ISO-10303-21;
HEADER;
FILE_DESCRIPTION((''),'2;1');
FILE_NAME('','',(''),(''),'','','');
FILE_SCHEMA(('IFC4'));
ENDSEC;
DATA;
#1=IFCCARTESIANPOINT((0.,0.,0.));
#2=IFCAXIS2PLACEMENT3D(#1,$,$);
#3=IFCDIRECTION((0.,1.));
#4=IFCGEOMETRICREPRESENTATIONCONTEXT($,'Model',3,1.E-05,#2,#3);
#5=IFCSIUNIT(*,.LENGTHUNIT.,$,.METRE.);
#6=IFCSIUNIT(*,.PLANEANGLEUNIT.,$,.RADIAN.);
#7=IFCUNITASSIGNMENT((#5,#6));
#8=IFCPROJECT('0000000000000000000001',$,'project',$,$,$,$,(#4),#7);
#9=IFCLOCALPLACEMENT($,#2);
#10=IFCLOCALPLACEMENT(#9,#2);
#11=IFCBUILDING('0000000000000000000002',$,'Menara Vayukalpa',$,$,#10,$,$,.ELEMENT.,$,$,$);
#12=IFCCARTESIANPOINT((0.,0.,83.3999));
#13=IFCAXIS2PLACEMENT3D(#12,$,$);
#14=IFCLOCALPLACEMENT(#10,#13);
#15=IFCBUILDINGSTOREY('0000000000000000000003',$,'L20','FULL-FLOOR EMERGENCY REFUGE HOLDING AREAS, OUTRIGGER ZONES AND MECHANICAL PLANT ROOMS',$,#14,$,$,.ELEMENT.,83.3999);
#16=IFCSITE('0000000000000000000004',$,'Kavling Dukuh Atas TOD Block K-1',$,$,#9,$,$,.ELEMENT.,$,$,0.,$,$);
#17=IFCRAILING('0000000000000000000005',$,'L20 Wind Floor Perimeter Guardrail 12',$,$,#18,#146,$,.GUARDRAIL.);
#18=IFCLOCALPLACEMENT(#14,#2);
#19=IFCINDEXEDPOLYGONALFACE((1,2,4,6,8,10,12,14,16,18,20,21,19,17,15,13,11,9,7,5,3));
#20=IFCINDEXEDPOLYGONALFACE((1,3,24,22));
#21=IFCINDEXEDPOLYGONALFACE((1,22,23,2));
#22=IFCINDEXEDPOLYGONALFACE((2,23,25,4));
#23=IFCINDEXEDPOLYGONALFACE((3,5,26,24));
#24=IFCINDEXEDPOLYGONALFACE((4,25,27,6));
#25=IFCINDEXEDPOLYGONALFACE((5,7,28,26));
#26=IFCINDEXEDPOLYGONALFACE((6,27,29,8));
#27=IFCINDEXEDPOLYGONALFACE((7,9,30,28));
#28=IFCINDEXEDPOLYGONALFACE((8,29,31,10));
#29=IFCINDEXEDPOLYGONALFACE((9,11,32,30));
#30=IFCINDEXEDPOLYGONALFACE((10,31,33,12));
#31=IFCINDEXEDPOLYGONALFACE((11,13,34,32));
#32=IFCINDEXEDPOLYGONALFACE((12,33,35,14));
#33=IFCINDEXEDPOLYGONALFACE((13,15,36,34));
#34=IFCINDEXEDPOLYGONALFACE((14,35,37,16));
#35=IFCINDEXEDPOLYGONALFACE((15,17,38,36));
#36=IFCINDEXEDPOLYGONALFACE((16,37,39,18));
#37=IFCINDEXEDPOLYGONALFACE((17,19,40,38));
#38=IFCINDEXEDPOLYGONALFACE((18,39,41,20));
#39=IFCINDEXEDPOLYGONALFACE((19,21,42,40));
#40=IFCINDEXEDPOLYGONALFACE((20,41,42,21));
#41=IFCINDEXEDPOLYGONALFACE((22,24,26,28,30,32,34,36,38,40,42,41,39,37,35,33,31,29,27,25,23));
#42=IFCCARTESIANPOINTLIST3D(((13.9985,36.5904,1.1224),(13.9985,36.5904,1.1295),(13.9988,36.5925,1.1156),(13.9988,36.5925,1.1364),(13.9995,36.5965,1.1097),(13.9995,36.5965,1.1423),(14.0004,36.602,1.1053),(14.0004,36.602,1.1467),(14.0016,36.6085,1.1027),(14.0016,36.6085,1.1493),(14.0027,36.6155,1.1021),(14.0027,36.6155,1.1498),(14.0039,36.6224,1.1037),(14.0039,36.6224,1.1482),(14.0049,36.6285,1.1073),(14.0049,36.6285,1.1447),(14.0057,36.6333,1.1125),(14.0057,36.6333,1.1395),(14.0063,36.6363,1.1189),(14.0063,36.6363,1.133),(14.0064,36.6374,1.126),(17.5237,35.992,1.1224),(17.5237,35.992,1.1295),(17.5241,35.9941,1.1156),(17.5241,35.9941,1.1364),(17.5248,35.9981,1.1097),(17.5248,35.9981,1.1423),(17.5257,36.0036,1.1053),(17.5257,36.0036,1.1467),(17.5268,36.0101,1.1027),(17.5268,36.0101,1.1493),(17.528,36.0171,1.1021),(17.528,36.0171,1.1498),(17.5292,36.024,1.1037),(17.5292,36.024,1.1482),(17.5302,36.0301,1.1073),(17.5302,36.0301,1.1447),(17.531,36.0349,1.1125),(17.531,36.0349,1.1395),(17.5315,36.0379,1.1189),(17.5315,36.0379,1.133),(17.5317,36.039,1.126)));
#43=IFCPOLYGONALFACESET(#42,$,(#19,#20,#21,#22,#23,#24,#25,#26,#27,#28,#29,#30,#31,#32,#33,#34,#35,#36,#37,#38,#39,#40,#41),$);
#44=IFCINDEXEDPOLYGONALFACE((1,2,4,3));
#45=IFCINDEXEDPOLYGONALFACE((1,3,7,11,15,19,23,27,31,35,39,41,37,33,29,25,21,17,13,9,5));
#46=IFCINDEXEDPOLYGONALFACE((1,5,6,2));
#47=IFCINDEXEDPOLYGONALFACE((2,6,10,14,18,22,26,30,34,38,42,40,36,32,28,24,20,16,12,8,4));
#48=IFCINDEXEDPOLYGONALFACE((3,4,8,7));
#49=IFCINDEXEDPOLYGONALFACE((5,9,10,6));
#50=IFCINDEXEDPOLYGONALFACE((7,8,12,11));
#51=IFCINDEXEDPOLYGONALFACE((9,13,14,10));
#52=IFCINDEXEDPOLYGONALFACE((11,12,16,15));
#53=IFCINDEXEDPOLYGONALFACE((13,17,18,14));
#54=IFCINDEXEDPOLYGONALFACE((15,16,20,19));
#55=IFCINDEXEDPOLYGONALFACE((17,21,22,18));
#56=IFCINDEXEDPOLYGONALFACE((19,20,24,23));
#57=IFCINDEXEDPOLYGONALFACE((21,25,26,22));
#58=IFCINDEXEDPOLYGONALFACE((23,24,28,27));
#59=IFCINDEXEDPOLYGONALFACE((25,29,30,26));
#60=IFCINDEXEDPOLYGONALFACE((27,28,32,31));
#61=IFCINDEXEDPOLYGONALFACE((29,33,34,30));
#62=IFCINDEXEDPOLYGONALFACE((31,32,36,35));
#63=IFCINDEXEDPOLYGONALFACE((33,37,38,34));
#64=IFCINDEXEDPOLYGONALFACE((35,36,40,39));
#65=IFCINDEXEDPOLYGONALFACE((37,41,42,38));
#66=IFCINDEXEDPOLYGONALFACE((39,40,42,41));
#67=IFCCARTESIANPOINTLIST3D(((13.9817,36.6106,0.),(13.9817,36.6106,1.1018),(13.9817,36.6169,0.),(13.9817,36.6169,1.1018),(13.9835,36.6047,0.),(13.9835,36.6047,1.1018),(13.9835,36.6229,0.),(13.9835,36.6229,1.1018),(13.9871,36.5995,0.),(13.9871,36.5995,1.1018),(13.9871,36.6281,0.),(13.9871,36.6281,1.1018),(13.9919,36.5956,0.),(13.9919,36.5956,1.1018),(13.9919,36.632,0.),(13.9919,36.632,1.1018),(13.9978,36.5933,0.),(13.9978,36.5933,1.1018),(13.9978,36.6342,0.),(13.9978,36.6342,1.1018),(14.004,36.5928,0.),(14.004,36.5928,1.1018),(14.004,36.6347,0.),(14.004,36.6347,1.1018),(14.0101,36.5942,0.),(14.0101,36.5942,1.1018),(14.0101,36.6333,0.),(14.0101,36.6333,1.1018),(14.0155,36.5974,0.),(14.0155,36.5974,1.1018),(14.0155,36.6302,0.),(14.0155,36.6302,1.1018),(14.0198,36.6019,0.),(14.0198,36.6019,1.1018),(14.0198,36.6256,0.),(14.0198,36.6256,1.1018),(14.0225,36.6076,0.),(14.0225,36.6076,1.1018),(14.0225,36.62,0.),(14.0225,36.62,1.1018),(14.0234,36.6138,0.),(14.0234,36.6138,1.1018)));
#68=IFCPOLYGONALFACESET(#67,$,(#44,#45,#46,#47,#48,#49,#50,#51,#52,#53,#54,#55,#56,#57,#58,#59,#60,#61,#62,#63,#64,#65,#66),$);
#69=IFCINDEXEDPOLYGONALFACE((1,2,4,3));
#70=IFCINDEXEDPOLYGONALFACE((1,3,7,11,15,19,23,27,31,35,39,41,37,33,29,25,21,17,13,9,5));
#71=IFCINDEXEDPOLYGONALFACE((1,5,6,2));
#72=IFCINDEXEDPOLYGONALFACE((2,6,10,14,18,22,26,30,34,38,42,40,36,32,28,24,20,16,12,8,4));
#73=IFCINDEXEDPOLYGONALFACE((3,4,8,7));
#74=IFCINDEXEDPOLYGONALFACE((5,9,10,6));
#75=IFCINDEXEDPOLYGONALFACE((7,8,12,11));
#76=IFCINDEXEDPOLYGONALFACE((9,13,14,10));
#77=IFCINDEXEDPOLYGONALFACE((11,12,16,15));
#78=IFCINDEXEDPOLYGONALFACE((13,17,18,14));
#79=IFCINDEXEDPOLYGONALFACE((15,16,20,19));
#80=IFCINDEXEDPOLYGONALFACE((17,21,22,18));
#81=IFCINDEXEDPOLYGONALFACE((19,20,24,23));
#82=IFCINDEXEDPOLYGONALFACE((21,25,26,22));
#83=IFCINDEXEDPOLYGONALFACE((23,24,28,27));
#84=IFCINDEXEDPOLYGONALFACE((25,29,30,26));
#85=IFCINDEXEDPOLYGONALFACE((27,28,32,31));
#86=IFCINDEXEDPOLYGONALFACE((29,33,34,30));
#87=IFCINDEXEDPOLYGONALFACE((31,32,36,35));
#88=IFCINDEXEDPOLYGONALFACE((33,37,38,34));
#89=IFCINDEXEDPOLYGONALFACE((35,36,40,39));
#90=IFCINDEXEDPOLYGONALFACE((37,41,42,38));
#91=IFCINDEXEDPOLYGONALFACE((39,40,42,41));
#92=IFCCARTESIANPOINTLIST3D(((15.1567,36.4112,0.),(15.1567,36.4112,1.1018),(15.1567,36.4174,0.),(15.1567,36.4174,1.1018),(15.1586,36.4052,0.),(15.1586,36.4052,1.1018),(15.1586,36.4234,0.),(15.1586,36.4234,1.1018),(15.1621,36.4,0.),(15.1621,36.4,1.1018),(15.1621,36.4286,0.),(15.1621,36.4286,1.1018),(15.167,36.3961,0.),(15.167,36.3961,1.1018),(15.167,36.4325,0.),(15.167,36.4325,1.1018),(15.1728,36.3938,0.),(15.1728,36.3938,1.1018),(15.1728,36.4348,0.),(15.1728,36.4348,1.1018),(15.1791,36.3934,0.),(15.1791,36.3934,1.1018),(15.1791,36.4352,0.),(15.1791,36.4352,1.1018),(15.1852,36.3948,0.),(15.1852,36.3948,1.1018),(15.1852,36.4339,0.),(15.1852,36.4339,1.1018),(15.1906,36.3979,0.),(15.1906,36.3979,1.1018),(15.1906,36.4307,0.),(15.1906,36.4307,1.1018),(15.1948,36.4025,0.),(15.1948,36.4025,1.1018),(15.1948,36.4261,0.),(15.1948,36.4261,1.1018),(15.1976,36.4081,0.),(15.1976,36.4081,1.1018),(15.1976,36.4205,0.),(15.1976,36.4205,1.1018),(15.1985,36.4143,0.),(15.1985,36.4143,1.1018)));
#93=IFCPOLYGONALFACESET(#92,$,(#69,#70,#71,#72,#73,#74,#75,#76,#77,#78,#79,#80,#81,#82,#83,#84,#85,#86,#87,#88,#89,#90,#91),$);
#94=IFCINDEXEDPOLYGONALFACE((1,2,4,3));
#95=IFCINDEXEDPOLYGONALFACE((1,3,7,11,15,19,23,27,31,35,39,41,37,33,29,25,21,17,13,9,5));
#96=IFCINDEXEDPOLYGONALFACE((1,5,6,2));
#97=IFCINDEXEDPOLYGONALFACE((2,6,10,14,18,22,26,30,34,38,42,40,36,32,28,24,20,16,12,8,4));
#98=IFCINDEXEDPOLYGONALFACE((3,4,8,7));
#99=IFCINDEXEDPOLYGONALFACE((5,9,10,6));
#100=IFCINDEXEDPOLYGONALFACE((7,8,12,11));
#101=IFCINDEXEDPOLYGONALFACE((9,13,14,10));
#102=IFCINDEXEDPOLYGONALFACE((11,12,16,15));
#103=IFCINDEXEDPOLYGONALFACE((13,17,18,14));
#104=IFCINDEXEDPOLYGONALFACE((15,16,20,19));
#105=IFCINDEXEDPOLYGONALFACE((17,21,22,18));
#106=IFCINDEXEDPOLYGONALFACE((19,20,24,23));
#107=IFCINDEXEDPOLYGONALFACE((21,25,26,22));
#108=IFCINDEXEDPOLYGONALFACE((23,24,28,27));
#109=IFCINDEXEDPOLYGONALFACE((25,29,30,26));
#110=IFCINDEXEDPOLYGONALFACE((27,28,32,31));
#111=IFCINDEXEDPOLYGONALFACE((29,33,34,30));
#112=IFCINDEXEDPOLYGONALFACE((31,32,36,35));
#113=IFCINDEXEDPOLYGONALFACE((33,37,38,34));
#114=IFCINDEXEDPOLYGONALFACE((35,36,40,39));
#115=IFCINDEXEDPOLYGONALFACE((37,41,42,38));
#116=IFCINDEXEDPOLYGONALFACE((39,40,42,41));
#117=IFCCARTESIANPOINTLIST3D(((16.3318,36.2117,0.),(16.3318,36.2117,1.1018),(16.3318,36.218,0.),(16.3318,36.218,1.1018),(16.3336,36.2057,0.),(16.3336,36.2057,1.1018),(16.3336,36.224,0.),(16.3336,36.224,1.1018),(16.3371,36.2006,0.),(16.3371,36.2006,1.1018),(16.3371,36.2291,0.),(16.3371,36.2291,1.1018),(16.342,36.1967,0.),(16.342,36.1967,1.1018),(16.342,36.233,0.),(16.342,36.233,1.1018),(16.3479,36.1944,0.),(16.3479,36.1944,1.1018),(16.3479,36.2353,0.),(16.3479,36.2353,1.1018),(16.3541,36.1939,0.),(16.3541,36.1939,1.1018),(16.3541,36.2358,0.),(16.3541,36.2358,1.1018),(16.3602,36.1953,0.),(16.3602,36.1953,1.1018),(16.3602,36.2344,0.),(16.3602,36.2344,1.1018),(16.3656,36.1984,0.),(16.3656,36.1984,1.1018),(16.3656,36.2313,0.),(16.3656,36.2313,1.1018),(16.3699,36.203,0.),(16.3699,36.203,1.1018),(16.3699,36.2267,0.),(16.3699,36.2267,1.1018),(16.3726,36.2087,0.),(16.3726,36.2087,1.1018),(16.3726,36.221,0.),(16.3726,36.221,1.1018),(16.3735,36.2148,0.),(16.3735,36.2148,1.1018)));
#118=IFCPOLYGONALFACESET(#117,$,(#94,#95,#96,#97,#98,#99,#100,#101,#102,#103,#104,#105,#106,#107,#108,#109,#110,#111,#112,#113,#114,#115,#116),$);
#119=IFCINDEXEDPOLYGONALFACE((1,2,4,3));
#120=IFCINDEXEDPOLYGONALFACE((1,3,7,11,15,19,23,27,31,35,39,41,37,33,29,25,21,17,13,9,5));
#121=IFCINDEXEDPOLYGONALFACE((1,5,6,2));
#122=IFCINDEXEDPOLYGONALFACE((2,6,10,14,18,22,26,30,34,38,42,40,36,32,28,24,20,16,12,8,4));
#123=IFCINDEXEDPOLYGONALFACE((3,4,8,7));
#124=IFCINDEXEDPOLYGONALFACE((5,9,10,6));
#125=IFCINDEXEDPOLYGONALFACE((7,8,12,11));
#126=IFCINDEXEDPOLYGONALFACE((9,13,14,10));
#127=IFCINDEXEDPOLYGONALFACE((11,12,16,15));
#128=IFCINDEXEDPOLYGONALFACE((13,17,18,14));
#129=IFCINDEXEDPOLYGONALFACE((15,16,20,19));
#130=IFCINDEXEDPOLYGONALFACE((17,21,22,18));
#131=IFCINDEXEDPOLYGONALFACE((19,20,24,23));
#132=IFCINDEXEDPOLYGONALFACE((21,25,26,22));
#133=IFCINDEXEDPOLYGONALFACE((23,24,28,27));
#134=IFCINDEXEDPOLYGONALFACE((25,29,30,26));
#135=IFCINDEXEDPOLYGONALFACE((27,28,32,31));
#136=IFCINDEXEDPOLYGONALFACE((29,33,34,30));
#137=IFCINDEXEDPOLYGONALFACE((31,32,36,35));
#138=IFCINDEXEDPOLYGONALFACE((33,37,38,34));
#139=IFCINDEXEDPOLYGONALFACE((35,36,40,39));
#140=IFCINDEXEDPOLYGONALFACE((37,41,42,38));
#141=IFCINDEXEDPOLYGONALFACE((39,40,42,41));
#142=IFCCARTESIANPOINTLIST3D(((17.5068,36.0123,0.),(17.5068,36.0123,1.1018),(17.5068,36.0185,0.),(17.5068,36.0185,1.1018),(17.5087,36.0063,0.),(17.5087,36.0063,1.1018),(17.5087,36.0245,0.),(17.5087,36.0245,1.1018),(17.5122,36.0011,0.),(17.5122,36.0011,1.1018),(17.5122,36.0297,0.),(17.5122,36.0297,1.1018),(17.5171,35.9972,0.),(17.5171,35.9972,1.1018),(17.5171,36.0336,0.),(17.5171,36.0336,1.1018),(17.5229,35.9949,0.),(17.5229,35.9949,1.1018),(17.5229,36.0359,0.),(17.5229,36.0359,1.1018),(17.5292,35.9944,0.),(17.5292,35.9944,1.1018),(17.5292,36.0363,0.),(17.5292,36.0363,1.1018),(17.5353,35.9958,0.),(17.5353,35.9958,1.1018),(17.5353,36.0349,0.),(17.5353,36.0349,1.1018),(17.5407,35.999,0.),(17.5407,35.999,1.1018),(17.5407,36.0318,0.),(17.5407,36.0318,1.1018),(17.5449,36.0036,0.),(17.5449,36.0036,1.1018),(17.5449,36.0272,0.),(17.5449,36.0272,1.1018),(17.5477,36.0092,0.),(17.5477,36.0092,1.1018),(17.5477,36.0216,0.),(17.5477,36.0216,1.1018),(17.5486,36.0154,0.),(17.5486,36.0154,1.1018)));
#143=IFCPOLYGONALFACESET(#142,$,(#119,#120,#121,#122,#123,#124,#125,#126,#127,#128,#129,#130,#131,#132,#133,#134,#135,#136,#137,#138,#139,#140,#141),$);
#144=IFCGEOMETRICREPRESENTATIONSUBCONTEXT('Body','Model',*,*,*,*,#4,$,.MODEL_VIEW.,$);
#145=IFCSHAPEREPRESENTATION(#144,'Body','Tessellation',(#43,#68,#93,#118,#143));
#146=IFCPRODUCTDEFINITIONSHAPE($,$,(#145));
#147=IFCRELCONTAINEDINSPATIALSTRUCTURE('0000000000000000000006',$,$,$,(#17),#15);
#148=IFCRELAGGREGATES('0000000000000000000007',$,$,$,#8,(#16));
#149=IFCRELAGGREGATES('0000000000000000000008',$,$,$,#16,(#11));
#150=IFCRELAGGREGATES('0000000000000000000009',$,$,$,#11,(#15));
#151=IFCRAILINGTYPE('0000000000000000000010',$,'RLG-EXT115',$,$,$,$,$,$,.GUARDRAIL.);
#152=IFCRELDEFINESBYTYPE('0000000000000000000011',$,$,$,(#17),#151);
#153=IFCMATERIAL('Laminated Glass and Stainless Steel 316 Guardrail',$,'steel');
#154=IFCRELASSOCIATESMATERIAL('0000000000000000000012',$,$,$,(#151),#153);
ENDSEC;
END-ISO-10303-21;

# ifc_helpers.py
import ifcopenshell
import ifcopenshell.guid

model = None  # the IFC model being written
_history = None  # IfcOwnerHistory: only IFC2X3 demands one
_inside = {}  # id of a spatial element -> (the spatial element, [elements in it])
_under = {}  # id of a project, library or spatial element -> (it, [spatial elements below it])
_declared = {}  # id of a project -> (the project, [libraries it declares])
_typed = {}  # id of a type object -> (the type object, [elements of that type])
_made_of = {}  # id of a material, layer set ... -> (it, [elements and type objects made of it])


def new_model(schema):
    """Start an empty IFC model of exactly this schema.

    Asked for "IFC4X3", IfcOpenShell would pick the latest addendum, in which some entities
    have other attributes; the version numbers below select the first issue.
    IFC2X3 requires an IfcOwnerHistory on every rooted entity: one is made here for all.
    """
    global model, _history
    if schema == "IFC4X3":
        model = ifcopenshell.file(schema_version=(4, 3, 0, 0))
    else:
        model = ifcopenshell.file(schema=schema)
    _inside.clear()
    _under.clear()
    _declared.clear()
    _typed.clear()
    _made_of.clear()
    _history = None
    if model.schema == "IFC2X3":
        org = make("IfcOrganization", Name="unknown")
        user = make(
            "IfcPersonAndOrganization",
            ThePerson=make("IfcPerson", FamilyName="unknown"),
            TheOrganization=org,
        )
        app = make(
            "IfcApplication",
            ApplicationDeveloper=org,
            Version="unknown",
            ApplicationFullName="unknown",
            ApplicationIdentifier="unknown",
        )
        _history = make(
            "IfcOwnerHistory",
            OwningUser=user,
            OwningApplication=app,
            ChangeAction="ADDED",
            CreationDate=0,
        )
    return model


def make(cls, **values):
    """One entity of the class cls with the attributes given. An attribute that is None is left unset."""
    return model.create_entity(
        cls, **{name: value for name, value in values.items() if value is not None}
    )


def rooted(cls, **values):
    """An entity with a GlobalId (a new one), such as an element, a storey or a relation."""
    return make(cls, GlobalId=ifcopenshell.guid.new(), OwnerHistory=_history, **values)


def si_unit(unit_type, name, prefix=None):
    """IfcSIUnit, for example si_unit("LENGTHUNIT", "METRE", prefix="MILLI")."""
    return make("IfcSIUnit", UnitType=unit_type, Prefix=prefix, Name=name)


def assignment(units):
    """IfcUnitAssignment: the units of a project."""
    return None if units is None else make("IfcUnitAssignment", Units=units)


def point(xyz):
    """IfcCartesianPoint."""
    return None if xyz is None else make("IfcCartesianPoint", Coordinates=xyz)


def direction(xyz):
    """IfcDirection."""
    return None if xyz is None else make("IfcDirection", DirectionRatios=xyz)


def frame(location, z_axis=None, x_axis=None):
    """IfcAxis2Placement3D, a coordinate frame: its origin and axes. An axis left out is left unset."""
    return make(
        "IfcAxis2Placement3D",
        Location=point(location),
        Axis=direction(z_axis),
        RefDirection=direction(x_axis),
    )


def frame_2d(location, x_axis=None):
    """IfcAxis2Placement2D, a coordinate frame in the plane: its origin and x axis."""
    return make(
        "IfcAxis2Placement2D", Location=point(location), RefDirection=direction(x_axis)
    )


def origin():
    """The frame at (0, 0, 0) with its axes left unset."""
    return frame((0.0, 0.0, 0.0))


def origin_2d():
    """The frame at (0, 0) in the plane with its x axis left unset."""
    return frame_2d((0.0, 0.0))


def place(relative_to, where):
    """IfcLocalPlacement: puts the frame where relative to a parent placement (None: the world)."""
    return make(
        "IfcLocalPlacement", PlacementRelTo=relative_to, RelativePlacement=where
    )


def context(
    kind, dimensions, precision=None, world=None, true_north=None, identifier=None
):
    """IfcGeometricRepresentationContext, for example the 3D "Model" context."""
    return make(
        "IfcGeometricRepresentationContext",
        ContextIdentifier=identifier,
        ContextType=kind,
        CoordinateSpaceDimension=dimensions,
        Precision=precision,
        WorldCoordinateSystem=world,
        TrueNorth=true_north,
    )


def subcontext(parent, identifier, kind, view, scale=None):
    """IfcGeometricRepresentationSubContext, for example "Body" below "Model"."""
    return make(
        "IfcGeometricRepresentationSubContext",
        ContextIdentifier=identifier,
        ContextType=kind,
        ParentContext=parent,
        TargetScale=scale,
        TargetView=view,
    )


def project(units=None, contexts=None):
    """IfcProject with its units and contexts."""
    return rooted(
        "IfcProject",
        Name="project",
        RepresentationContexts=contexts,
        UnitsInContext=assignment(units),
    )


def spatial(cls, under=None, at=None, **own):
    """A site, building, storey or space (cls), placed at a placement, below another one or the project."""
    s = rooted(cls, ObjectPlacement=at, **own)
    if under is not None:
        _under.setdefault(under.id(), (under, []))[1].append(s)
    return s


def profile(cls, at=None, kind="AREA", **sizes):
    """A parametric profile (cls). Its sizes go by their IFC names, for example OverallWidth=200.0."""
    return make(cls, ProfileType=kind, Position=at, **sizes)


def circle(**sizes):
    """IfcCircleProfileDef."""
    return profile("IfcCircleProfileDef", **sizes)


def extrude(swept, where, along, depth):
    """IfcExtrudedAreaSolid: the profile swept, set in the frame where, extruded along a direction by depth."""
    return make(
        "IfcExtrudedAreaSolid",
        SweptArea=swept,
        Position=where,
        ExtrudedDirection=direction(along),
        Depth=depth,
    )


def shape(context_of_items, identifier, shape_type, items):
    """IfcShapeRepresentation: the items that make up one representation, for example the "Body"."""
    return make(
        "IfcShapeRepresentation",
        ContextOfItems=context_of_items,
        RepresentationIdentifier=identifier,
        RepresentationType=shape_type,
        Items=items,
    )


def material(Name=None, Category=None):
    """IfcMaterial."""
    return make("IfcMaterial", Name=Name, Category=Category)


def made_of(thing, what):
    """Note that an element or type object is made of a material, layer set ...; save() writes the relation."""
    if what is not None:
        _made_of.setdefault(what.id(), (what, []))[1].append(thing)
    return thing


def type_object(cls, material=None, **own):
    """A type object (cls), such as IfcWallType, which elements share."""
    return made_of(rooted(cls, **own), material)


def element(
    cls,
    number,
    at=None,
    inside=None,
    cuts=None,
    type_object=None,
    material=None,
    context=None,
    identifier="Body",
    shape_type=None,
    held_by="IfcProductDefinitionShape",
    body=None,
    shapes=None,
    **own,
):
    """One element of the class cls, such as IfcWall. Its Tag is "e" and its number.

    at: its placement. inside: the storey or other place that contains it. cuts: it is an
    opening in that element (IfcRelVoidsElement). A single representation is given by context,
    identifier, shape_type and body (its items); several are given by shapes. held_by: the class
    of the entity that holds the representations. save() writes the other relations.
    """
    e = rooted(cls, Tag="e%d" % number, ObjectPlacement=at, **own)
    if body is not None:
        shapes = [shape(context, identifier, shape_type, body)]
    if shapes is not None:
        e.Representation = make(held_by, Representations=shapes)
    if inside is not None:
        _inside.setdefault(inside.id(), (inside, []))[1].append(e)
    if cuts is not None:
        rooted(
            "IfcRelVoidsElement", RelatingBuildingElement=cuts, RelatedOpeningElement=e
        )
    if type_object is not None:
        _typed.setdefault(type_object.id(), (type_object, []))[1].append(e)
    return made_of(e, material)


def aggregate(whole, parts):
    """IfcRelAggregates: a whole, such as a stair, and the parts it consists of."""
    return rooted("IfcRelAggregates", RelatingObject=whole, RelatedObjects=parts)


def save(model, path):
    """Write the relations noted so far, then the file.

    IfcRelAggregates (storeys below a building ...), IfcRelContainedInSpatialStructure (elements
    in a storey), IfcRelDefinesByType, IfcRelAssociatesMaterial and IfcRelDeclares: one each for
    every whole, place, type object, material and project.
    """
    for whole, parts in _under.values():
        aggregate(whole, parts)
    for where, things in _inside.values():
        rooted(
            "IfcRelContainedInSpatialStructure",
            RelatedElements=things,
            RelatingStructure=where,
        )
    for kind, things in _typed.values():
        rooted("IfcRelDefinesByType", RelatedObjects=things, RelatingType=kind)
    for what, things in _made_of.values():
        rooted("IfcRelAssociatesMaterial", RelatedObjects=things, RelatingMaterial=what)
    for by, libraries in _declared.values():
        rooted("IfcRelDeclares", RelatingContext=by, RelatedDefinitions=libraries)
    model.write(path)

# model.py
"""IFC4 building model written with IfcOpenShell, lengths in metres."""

from ifc_helpers import new_model, si_unit, direction, frame, origin, origin_2d, place, context, subcontext, project, spatial, circle, extrude, material, type_object, element, save


model = new_model("IFC4")

# Units and contexts
model_context = context("Model", 3, precision=1e-05, world=origin(), true_north=direction((0.0, 1.0)))
body_context = subcontext(model_context, "Body", "Model", "MODEL_VIEW")
ifc_project = project(units=[si_unit("LENGTHUNIT", "METRE"), si_unit("PLANEANGLEUNIT", "RADIAN")], contexts=[model_context])

# Site, building, storey
site_placement = place(None, origin())
site = spatial("IfcSite", under=ifc_project, at=site_placement, Name="Kavling Dukuh Atas TOD Block K-1", CompositionType="ELEMENT", RefElevation=0.0)
building_placement = place(site_placement, origin())
building = spatial("IfcBuilding", under=site, at=building_placement, Name="Menara Vayukalpa", CompositionType="ELEMENT")
storey_placement = place(building_placement, frame((0.0, 0.0, 83.3999)))
storey = spatial("IfcBuildingStorey", under=building, at=storey_placement, Name="L20", Description="FULL-FLOOR EMERGENCY REFUGE HOLDING AREAS, OUTRIGGER ZONES AND MECHANICAL PLANT ROOMS", CompositionType="ELEMENT", Elevation=83.3999)

# Railing
ifc_material_1 = material(Name="Laminated Glass and Stainless Steel 316 Guardrail", Category="steel")
railing_type = type_object("IfcRailingType", Name="RLG-EXT115", PredefinedType="GUARDRAIL", material=ifc_material_1)
railing_1_placement = place(storey_placement, frame((14.0024, 36.6138, 0.0)))
element("IfcRailing", 1, at=railing_1_placement, inside=storey, type_object=railing_type, Name="L20 Wind Floor Perimeter Guardrail 12", PredefinedType="GUARDRAIL", context=body_context, shape_type="SweptSolid", body=[
    extrude(circle(Radius=0.0239, at=origin_2d()), frame((0.0, 0.0, 1.126), z_axis=(0.985897, -0.167355, 0.0), x_axis=(0.167355, 0.985897, 0.0)), (0.0, 0.0, 1.0), 3.5757),
    extrude(circle(Radius=0.021, at=origin_2d()), origin(), (0.0, 0.0, 1.0), 1.1018),
    extrude(circle(Radius=0.021, at=origin_2d()), frame((1.175, -0.1995, 0.0)), (0.0, 0.0, 1.0), 1.1018),
    extrude(circle(Radius=0.021, at=origin_2d()), frame((2.3501, -0.3989, 0.0)), (0.0, 0.0, 1.0), 1.1018),
    extrude(circle(Radius=0.021, at=origin_2d()), frame((3.5251, -0.5984, 0.0)), (0.0, 0.0, 1.0), 1.1018),
])

save(model, "model.ifc")
